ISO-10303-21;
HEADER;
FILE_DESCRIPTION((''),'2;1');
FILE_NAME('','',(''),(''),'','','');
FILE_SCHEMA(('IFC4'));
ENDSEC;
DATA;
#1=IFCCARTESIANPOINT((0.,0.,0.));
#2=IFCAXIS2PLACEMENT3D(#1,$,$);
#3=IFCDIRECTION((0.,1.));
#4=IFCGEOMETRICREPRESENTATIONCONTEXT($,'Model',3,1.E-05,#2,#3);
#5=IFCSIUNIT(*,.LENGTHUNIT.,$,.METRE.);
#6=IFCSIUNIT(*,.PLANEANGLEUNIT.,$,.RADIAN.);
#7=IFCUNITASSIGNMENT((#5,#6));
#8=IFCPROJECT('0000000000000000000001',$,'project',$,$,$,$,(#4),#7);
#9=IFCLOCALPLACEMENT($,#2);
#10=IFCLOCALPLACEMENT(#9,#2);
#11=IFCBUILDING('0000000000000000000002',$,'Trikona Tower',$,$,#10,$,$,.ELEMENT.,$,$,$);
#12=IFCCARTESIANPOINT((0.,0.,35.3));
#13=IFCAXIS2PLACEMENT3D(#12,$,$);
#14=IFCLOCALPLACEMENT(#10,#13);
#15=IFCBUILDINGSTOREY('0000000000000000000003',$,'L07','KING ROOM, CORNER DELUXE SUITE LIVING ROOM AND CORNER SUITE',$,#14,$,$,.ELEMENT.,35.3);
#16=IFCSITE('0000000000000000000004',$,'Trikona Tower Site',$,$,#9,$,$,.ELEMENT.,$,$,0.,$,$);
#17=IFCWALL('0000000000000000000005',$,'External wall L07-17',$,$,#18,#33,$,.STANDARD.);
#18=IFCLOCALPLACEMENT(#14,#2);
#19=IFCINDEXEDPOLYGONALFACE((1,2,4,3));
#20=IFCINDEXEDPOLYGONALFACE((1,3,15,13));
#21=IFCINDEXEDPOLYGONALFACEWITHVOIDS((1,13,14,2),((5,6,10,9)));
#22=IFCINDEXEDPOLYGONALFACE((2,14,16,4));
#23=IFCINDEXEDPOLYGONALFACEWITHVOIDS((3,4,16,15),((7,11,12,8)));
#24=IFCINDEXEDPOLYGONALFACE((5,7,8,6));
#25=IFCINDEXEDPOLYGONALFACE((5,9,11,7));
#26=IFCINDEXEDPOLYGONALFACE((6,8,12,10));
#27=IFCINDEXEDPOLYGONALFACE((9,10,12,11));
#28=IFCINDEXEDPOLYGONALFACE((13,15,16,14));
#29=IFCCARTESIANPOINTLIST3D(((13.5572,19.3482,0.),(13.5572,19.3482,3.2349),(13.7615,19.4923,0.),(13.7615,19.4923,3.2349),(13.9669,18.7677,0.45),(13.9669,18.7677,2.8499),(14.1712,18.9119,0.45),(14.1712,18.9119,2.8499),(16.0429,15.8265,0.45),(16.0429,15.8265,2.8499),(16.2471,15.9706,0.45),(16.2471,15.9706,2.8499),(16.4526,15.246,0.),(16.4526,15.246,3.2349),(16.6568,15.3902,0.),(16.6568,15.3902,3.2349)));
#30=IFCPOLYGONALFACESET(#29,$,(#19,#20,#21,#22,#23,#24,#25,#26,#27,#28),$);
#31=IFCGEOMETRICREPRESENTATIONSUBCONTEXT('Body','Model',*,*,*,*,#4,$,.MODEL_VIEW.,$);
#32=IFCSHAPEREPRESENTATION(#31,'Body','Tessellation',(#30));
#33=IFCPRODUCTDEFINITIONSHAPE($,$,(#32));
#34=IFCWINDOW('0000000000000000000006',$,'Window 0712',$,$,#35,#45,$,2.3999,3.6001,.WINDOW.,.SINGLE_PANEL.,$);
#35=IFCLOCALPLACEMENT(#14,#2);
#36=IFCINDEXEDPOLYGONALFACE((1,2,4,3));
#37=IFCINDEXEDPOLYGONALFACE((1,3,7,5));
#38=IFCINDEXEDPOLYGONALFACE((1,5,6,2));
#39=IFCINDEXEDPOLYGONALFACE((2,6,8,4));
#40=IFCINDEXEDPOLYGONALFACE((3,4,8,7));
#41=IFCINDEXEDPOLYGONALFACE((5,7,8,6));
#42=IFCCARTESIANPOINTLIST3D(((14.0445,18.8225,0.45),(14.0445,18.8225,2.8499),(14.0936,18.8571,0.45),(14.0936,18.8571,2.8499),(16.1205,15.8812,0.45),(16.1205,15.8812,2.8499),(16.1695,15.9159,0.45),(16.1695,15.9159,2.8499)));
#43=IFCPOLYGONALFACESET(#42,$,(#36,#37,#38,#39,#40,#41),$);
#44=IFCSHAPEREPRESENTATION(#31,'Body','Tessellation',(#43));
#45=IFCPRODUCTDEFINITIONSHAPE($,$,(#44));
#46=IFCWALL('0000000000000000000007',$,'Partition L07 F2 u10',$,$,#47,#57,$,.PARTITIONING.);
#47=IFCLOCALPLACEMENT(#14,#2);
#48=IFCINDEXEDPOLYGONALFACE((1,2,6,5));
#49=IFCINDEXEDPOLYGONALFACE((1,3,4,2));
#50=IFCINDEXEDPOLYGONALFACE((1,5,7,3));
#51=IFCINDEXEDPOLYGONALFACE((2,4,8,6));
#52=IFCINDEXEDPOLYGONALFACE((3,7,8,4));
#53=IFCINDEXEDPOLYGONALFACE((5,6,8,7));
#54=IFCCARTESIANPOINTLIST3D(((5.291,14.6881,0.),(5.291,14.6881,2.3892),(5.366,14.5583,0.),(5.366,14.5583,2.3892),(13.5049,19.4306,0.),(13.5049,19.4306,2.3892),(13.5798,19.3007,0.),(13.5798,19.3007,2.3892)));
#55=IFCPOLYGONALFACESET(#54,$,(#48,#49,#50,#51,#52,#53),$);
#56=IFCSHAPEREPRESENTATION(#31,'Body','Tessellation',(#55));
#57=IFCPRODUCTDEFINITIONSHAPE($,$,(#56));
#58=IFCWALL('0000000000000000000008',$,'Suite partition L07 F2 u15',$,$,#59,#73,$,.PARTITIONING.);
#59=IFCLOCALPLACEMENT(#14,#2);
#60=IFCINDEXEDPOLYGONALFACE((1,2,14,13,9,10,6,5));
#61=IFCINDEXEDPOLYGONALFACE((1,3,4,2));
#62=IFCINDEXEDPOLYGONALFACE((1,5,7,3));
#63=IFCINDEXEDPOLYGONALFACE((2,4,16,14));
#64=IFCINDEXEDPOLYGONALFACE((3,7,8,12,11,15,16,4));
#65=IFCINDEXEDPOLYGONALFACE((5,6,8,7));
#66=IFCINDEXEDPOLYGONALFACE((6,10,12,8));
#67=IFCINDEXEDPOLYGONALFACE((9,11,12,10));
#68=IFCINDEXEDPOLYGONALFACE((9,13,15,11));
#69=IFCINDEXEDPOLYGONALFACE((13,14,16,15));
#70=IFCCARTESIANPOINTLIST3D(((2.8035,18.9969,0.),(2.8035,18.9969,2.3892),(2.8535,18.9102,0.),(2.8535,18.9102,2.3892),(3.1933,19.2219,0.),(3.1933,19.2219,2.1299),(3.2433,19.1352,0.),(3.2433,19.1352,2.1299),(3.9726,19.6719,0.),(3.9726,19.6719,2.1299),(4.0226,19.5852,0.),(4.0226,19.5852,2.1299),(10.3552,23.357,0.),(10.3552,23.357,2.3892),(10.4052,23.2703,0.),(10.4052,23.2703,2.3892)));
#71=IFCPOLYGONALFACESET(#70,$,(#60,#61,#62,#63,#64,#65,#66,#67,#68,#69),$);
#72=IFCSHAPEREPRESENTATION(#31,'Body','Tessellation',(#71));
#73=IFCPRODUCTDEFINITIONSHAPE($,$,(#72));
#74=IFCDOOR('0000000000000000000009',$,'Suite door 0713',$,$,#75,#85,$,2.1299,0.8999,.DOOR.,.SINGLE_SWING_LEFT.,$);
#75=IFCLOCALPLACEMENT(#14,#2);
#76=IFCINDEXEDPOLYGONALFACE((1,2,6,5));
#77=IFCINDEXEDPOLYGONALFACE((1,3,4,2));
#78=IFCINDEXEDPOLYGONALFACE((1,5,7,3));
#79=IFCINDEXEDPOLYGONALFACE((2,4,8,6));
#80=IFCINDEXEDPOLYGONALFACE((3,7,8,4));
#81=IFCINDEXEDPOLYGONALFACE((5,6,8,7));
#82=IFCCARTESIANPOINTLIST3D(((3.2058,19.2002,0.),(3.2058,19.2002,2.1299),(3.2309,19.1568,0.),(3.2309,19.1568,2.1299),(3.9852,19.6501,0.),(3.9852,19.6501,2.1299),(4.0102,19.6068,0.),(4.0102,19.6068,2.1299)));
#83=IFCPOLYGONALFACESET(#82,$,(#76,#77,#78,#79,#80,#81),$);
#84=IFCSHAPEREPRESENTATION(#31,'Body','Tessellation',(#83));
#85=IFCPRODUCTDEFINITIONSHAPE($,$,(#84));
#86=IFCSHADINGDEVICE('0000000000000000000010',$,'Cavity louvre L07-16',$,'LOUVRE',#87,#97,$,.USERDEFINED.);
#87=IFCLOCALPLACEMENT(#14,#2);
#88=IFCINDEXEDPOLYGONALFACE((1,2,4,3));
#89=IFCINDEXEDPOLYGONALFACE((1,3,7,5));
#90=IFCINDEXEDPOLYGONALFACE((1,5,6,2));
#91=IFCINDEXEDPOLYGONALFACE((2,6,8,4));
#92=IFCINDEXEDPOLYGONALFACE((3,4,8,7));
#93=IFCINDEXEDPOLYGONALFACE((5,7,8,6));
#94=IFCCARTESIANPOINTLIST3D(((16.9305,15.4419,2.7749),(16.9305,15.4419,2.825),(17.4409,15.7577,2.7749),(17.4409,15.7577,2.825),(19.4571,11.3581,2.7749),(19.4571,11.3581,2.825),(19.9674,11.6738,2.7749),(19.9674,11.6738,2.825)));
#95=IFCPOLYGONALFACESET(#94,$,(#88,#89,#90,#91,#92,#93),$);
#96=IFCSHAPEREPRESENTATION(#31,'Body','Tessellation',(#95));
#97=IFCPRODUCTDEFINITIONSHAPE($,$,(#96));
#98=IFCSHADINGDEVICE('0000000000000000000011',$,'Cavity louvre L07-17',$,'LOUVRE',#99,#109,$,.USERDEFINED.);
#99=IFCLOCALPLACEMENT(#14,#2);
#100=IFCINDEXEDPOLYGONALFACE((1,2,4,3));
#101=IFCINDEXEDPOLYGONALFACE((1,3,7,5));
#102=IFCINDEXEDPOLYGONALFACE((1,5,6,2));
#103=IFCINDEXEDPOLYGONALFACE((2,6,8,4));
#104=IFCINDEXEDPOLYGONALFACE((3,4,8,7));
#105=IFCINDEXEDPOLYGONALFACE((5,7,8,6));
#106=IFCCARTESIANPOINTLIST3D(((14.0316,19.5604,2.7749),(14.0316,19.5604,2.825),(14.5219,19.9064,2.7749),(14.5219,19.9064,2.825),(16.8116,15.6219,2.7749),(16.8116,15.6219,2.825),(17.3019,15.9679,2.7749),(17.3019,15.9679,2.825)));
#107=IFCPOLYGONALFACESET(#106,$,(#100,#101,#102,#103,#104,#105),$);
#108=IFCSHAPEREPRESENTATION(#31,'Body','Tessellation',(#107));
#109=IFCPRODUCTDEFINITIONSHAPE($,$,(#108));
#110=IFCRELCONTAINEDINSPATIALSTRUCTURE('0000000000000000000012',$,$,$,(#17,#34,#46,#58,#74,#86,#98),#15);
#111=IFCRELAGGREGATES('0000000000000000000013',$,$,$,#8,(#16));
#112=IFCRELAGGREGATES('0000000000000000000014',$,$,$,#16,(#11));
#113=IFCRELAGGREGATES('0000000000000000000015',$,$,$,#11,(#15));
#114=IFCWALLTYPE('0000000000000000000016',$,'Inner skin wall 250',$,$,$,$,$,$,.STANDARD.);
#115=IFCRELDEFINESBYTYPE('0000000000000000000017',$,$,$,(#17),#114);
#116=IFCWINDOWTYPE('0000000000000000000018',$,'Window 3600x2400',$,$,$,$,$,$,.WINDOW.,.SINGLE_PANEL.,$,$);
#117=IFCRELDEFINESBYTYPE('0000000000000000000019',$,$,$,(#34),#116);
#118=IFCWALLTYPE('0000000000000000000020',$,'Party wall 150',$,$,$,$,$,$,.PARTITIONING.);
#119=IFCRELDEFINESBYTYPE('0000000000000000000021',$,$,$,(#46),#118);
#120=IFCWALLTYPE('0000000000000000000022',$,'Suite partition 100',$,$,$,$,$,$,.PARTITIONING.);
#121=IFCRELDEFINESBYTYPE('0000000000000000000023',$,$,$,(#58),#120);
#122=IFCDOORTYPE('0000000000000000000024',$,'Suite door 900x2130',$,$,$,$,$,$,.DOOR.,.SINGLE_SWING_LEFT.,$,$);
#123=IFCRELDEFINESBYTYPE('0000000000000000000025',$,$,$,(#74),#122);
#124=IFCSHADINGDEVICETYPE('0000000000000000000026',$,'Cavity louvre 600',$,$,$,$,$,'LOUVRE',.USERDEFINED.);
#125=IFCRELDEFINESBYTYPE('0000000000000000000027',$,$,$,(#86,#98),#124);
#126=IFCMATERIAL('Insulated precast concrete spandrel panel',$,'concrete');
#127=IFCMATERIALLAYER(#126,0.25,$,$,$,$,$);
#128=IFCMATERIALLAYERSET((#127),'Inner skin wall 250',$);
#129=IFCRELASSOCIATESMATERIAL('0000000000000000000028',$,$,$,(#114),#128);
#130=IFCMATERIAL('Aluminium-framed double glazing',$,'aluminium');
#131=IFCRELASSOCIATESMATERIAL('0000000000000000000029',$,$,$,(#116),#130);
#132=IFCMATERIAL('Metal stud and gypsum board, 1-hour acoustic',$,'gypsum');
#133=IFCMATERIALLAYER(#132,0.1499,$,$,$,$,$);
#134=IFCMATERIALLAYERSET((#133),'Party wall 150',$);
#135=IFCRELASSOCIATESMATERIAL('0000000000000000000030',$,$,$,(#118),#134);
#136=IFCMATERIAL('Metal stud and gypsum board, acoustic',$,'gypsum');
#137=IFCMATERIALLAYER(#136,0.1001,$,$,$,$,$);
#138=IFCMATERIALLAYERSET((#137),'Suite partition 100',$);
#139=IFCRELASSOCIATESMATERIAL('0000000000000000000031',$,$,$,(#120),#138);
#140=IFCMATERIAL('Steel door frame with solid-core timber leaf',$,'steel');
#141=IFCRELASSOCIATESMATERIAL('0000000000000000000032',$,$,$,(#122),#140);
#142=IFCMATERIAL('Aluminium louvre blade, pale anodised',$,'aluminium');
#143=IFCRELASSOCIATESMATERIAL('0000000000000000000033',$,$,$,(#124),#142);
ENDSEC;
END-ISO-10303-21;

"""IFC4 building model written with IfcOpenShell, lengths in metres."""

from ifc_helpers import new_model, si_unit, direction, frame, frame_2d, origin, origin_2d, place, context, subcontext, project, spatial, rectangle, extrude, material, layer, layer_set, type_object, element, fill, save


model = new_model("IFC4")

# Units and contexts
model_context = context("Model", 3, precision=1e-05, world=origin(), true_north=direction((0.0, 1.0)))
body_context = subcontext(model_context, "Body", "Model", "MODEL_VIEW")
ifc_project = project(units=[si_unit("LENGTHUNIT", "METRE"), si_unit("PLANEANGLEUNIT", "RADIAN")], contexts=[model_context])

# Site, building, storey
site_placement = place(None, origin())
site = spatial("IfcSite", under=ifc_project, at=site_placement, Name="Trikona Tower Site", CompositionType="ELEMENT", RefElevation=0.0)
building_placement = place(site_placement, origin())
building = spatial("IfcBuilding", under=site, at=building_placement, Name="Trikona Tower", CompositionType="ELEMENT")
storey_placement = place(building_placement, frame((0.0, 0.0, 35.3)))
storey = spatial("IfcBuildingStorey", under=building, at=storey_placement, Name="L07", Description="KING ROOM, CORNER DELUXE SUITE LIVING ROOM AND CORNER SUITE", CompositionType="ELEMENT", Elevation=35.3)

# Wall, opening, window
ifc_material_1 = material(Name="Insulated precast concrete spandrel panel", Category="concrete")
ifc_layer_1 = layer(ifc_material_1, 0.25)
ifc_layer_set_1 = layer_set([ifc_layer_1], Name="Inner skin wall 250")
wall_type_1 = type_object("IfcWallType", Name="Inner skin wall 250", PredefinedType="STANDARD", material=ifc_layer_set_1)
wall_1_placement = place(storey_placement, frame((16.5547, 15.3181, 0.0), z_axis=(0.0, 0.0, 1.0), x_axis=(-0.576643, 0.816996, 0.0)))
wall_1 = element("IfcWall", 1, at=wall_1_placement, inside=storey, type_object=wall_type_1, Name="External wall L07-17", PredefinedType="STANDARD", context=body_context, shape_type="SweptSolid", body=[
    extrude(rectangle(XDim=5.021, YDim=0.25, at=frame_2d((2.5105, 0.0))), origin(), (0.0, 0.0, 1.0), 3.2349),
])
opening_1_placement = place(wall_1_placement, frame((0.7104, 0.0, 0.45)))
opening_1 = element("IfcOpeningElement", 2, at=opening_1_placement, cuts=wall_1, PredefinedType="OPENING", context=body_context, shape_type="SweptSolid", body=[
    extrude(rectangle(XDim=3.6001, YDim=2.3999, at=frame_2d((1.8, 1.2))), frame((0.0, 0.135, 0.0), z_axis=(0.0, -1.0, 0.0), x_axis=(1.0, 0.0, 0.0)), (0.0, 0.0, 1.0), 0.27),
])
ifc_material_2 = material(Name="Aluminium-framed double glazing", Category="aluminium")
window_type = type_object("IfcWindowType", Name="Window 3600x2400", PartitioningType="SINGLE_PANEL", PredefinedType="WINDOW", material=ifc_material_2)
window_placement = place(opening_1_placement, origin())
window = element("IfcWindow", 3, at=window_placement, inside=storey, type_object=window_type, Name="Window 0712", OverallHeight=2.3999, OverallWidth=3.6001, PartitioningType="SINGLE_PANEL", PredefinedType="WINDOW", context=body_context, shape_type="SweptSolid", body=[
    extrude(rectangle(XDim=3.6001, YDim=2.3999, at=frame_2d((1.8, 1.2))), frame((0.0, 0.03, 0.0), z_axis=(0.0, -1.0, 0.0), x_axis=(1.0, 0.0, 0.0)), (0.0, 0.0, 1.0), 0.0601),
])
fill(opening_1, window)

# Wall
ifc_material_3 = material(Name="Metal stud and gypsum board, 1-hour acoustic", Category="gypsum")
ifc_layer_2 = layer(ifc_material_3, 0.1499)
ifc_layer_set_2 = layer_set([ifc_layer_2], Name="Party wall 150")
wall_type_2 = type_object("IfcWallType", Name="Party wall 150", PredefinedType="PARTITIONING", material=ifc_layer_set_2)
wall_2_placement = place(storey_placement, frame((5.3286, 14.6233, 0.0), z_axis=(0.0, 0.0, 1.0), x_axis=(0.866018, 0.500012, 0.0)))
element("IfcWall", 4, at=wall_2_placement, inside=storey, type_object=wall_type_2, Name="Partition L07 F2 u10", PredefinedType="PARTITIONING", context=body_context, shape_type="SweptSolid", body=[
    extrude(rectangle(XDim=9.4846, YDim=0.1499, at=frame_2d((4.7422, 0.0))), origin(), (0.0, 0.0, 1.0), 2.3892),
])

# Wall, opening, door
ifc_material_4 = material(Name="Metal stud and gypsum board, acoustic", Category="gypsum")
ifc_layer_3 = layer(ifc_material_4, 0.1001)
ifc_layer_set_3 = layer_set([ifc_layer_3], Name="Suite partition 100")
wall_type_3 = type_object("IfcWallType", Name="Suite partition 100", PredefinedType="PARTITIONING", material=ifc_layer_set_3)
wall_3_placement = place(storey_placement, frame((2.8286, 18.9536, 0.0), z_axis=(0.0, 0.0, 1.0), x_axis=(0.866021, 0.500008, 0.0)))
wall_3 = element("IfcWall", 5, at=wall_3_placement, inside=storey, type_object=wall_type_3, Name="Suite partition L07 F2 u15", PredefinedType="PARTITIONING", context=body_context, shape_type="SweptSolid", body=[
    extrude(rectangle(XDim=8.72, YDim=0.1001, at=frame_2d((4.3599, 0.0))), origin(), (0.0, 0.0, 1.0), 2.3892),
])
opening_2_placement = place(wall_3_placement, frame((0.45, 0.0, 0.0)))
opening_2 = element("IfcOpeningElement", 6, at=opening_2_placement, cuts=wall_3, PredefinedType="OPENING", context=body_context, shape_type="SweptSolid", body=[
    extrude(rectangle(XDim=0.8999, YDim=2.1299, at=frame_2d((0.45, 1.0649))), frame((0.0, 0.0601, 0.0), z_axis=(0.0, -1.0, 0.0), x_axis=(1.0, 0.0, 0.0)), (0.0, 0.0, 1.0), 0.1201),
])
ifc_material_5 = material(Name="Steel door frame with solid-core timber leaf", Category="steel")
door_type_1 = type_object("IfcDoorType", Name="Suite door 900x2130", OperationType="SINGLE_SWING_LEFT", PredefinedType="DOOR", material=ifc_material_5)
door_1_placement = place(opening_2_placement, origin())
door_1 = element("IfcDoor", 7, at=door_1_placement, inside=storey, type_object=door_type_1, Name="Suite door 0713", OperationType="SINGLE_SWING_LEFT", OverallHeight=2.1299, OverallWidth=0.8999, PredefinedType="DOOR", context=body_context, shape_type="SweptSolid", body=[
    extrude(rectangle(XDim=0.8999, YDim=2.1299, at=frame_2d((0.45, 1.0649))), frame((0.0, 0.0249, 0.0), z_axis=(0.0, -1.0, 0.0), x_axis=(1.0, 0.0, 0.0)), (0.0, 0.0, 1.0), 0.05),
])
fill(opening_2, door_1)

# Shading devices
ifc_material_6 = material(Name="Aluminium louvre blade, pale anodised", Category="aluminium")
shading_device_type = type_object("IfcShadingDeviceType", Name="Cavity louvre 600", ElementType="LOUVRE", PredefinedType="USERDEFINED", material=ifc_material_6)
shading_device_1_placement = place(storey_placement, frame((18.449, 13.5579, 2.7749), z_axis=(0.0, 0.0, 1.0), x_axis=(-0.526119, 0.850411, 0.0)))
element("IfcShadingDevice", 8, at=shading_device_1_placement, inside=storey, type_object=shading_device_type, Name="Cavity louvre L07-16", ObjectType="LOUVRE", PredefinedType="USERDEFINED", context=body_context, shape_type="SweptSolid", body=[
    extrude(rectangle(XDim=4.8022, YDim=0.6001, at=origin_2d()), origin(), (0.0, 0.0, 1.0), 0.05),
])
shading_device_2_placement = place(storey_placement, frame((15.6667, 17.7642, 2.7749), z_axis=(0.0, 0.0, 1.0), x_axis=(-0.576662, 0.816983, 0.0)))
element("IfcShadingDevice", 9, at=shading_device_2_placement, inside=storey, type_object=shading_device_type, Name="Cavity louvre L07-17", ObjectType="LOUVRE", PredefinedType="USERDEFINED", context=body_context, shape_type="SweptSolid", body=[
    extrude(rectangle(XDim=4.8208, YDim=0.6001, at=origin_2d()), origin(), (0.0, 0.0, 1.0), 0.05),
])

save(model, "model.ifc")
